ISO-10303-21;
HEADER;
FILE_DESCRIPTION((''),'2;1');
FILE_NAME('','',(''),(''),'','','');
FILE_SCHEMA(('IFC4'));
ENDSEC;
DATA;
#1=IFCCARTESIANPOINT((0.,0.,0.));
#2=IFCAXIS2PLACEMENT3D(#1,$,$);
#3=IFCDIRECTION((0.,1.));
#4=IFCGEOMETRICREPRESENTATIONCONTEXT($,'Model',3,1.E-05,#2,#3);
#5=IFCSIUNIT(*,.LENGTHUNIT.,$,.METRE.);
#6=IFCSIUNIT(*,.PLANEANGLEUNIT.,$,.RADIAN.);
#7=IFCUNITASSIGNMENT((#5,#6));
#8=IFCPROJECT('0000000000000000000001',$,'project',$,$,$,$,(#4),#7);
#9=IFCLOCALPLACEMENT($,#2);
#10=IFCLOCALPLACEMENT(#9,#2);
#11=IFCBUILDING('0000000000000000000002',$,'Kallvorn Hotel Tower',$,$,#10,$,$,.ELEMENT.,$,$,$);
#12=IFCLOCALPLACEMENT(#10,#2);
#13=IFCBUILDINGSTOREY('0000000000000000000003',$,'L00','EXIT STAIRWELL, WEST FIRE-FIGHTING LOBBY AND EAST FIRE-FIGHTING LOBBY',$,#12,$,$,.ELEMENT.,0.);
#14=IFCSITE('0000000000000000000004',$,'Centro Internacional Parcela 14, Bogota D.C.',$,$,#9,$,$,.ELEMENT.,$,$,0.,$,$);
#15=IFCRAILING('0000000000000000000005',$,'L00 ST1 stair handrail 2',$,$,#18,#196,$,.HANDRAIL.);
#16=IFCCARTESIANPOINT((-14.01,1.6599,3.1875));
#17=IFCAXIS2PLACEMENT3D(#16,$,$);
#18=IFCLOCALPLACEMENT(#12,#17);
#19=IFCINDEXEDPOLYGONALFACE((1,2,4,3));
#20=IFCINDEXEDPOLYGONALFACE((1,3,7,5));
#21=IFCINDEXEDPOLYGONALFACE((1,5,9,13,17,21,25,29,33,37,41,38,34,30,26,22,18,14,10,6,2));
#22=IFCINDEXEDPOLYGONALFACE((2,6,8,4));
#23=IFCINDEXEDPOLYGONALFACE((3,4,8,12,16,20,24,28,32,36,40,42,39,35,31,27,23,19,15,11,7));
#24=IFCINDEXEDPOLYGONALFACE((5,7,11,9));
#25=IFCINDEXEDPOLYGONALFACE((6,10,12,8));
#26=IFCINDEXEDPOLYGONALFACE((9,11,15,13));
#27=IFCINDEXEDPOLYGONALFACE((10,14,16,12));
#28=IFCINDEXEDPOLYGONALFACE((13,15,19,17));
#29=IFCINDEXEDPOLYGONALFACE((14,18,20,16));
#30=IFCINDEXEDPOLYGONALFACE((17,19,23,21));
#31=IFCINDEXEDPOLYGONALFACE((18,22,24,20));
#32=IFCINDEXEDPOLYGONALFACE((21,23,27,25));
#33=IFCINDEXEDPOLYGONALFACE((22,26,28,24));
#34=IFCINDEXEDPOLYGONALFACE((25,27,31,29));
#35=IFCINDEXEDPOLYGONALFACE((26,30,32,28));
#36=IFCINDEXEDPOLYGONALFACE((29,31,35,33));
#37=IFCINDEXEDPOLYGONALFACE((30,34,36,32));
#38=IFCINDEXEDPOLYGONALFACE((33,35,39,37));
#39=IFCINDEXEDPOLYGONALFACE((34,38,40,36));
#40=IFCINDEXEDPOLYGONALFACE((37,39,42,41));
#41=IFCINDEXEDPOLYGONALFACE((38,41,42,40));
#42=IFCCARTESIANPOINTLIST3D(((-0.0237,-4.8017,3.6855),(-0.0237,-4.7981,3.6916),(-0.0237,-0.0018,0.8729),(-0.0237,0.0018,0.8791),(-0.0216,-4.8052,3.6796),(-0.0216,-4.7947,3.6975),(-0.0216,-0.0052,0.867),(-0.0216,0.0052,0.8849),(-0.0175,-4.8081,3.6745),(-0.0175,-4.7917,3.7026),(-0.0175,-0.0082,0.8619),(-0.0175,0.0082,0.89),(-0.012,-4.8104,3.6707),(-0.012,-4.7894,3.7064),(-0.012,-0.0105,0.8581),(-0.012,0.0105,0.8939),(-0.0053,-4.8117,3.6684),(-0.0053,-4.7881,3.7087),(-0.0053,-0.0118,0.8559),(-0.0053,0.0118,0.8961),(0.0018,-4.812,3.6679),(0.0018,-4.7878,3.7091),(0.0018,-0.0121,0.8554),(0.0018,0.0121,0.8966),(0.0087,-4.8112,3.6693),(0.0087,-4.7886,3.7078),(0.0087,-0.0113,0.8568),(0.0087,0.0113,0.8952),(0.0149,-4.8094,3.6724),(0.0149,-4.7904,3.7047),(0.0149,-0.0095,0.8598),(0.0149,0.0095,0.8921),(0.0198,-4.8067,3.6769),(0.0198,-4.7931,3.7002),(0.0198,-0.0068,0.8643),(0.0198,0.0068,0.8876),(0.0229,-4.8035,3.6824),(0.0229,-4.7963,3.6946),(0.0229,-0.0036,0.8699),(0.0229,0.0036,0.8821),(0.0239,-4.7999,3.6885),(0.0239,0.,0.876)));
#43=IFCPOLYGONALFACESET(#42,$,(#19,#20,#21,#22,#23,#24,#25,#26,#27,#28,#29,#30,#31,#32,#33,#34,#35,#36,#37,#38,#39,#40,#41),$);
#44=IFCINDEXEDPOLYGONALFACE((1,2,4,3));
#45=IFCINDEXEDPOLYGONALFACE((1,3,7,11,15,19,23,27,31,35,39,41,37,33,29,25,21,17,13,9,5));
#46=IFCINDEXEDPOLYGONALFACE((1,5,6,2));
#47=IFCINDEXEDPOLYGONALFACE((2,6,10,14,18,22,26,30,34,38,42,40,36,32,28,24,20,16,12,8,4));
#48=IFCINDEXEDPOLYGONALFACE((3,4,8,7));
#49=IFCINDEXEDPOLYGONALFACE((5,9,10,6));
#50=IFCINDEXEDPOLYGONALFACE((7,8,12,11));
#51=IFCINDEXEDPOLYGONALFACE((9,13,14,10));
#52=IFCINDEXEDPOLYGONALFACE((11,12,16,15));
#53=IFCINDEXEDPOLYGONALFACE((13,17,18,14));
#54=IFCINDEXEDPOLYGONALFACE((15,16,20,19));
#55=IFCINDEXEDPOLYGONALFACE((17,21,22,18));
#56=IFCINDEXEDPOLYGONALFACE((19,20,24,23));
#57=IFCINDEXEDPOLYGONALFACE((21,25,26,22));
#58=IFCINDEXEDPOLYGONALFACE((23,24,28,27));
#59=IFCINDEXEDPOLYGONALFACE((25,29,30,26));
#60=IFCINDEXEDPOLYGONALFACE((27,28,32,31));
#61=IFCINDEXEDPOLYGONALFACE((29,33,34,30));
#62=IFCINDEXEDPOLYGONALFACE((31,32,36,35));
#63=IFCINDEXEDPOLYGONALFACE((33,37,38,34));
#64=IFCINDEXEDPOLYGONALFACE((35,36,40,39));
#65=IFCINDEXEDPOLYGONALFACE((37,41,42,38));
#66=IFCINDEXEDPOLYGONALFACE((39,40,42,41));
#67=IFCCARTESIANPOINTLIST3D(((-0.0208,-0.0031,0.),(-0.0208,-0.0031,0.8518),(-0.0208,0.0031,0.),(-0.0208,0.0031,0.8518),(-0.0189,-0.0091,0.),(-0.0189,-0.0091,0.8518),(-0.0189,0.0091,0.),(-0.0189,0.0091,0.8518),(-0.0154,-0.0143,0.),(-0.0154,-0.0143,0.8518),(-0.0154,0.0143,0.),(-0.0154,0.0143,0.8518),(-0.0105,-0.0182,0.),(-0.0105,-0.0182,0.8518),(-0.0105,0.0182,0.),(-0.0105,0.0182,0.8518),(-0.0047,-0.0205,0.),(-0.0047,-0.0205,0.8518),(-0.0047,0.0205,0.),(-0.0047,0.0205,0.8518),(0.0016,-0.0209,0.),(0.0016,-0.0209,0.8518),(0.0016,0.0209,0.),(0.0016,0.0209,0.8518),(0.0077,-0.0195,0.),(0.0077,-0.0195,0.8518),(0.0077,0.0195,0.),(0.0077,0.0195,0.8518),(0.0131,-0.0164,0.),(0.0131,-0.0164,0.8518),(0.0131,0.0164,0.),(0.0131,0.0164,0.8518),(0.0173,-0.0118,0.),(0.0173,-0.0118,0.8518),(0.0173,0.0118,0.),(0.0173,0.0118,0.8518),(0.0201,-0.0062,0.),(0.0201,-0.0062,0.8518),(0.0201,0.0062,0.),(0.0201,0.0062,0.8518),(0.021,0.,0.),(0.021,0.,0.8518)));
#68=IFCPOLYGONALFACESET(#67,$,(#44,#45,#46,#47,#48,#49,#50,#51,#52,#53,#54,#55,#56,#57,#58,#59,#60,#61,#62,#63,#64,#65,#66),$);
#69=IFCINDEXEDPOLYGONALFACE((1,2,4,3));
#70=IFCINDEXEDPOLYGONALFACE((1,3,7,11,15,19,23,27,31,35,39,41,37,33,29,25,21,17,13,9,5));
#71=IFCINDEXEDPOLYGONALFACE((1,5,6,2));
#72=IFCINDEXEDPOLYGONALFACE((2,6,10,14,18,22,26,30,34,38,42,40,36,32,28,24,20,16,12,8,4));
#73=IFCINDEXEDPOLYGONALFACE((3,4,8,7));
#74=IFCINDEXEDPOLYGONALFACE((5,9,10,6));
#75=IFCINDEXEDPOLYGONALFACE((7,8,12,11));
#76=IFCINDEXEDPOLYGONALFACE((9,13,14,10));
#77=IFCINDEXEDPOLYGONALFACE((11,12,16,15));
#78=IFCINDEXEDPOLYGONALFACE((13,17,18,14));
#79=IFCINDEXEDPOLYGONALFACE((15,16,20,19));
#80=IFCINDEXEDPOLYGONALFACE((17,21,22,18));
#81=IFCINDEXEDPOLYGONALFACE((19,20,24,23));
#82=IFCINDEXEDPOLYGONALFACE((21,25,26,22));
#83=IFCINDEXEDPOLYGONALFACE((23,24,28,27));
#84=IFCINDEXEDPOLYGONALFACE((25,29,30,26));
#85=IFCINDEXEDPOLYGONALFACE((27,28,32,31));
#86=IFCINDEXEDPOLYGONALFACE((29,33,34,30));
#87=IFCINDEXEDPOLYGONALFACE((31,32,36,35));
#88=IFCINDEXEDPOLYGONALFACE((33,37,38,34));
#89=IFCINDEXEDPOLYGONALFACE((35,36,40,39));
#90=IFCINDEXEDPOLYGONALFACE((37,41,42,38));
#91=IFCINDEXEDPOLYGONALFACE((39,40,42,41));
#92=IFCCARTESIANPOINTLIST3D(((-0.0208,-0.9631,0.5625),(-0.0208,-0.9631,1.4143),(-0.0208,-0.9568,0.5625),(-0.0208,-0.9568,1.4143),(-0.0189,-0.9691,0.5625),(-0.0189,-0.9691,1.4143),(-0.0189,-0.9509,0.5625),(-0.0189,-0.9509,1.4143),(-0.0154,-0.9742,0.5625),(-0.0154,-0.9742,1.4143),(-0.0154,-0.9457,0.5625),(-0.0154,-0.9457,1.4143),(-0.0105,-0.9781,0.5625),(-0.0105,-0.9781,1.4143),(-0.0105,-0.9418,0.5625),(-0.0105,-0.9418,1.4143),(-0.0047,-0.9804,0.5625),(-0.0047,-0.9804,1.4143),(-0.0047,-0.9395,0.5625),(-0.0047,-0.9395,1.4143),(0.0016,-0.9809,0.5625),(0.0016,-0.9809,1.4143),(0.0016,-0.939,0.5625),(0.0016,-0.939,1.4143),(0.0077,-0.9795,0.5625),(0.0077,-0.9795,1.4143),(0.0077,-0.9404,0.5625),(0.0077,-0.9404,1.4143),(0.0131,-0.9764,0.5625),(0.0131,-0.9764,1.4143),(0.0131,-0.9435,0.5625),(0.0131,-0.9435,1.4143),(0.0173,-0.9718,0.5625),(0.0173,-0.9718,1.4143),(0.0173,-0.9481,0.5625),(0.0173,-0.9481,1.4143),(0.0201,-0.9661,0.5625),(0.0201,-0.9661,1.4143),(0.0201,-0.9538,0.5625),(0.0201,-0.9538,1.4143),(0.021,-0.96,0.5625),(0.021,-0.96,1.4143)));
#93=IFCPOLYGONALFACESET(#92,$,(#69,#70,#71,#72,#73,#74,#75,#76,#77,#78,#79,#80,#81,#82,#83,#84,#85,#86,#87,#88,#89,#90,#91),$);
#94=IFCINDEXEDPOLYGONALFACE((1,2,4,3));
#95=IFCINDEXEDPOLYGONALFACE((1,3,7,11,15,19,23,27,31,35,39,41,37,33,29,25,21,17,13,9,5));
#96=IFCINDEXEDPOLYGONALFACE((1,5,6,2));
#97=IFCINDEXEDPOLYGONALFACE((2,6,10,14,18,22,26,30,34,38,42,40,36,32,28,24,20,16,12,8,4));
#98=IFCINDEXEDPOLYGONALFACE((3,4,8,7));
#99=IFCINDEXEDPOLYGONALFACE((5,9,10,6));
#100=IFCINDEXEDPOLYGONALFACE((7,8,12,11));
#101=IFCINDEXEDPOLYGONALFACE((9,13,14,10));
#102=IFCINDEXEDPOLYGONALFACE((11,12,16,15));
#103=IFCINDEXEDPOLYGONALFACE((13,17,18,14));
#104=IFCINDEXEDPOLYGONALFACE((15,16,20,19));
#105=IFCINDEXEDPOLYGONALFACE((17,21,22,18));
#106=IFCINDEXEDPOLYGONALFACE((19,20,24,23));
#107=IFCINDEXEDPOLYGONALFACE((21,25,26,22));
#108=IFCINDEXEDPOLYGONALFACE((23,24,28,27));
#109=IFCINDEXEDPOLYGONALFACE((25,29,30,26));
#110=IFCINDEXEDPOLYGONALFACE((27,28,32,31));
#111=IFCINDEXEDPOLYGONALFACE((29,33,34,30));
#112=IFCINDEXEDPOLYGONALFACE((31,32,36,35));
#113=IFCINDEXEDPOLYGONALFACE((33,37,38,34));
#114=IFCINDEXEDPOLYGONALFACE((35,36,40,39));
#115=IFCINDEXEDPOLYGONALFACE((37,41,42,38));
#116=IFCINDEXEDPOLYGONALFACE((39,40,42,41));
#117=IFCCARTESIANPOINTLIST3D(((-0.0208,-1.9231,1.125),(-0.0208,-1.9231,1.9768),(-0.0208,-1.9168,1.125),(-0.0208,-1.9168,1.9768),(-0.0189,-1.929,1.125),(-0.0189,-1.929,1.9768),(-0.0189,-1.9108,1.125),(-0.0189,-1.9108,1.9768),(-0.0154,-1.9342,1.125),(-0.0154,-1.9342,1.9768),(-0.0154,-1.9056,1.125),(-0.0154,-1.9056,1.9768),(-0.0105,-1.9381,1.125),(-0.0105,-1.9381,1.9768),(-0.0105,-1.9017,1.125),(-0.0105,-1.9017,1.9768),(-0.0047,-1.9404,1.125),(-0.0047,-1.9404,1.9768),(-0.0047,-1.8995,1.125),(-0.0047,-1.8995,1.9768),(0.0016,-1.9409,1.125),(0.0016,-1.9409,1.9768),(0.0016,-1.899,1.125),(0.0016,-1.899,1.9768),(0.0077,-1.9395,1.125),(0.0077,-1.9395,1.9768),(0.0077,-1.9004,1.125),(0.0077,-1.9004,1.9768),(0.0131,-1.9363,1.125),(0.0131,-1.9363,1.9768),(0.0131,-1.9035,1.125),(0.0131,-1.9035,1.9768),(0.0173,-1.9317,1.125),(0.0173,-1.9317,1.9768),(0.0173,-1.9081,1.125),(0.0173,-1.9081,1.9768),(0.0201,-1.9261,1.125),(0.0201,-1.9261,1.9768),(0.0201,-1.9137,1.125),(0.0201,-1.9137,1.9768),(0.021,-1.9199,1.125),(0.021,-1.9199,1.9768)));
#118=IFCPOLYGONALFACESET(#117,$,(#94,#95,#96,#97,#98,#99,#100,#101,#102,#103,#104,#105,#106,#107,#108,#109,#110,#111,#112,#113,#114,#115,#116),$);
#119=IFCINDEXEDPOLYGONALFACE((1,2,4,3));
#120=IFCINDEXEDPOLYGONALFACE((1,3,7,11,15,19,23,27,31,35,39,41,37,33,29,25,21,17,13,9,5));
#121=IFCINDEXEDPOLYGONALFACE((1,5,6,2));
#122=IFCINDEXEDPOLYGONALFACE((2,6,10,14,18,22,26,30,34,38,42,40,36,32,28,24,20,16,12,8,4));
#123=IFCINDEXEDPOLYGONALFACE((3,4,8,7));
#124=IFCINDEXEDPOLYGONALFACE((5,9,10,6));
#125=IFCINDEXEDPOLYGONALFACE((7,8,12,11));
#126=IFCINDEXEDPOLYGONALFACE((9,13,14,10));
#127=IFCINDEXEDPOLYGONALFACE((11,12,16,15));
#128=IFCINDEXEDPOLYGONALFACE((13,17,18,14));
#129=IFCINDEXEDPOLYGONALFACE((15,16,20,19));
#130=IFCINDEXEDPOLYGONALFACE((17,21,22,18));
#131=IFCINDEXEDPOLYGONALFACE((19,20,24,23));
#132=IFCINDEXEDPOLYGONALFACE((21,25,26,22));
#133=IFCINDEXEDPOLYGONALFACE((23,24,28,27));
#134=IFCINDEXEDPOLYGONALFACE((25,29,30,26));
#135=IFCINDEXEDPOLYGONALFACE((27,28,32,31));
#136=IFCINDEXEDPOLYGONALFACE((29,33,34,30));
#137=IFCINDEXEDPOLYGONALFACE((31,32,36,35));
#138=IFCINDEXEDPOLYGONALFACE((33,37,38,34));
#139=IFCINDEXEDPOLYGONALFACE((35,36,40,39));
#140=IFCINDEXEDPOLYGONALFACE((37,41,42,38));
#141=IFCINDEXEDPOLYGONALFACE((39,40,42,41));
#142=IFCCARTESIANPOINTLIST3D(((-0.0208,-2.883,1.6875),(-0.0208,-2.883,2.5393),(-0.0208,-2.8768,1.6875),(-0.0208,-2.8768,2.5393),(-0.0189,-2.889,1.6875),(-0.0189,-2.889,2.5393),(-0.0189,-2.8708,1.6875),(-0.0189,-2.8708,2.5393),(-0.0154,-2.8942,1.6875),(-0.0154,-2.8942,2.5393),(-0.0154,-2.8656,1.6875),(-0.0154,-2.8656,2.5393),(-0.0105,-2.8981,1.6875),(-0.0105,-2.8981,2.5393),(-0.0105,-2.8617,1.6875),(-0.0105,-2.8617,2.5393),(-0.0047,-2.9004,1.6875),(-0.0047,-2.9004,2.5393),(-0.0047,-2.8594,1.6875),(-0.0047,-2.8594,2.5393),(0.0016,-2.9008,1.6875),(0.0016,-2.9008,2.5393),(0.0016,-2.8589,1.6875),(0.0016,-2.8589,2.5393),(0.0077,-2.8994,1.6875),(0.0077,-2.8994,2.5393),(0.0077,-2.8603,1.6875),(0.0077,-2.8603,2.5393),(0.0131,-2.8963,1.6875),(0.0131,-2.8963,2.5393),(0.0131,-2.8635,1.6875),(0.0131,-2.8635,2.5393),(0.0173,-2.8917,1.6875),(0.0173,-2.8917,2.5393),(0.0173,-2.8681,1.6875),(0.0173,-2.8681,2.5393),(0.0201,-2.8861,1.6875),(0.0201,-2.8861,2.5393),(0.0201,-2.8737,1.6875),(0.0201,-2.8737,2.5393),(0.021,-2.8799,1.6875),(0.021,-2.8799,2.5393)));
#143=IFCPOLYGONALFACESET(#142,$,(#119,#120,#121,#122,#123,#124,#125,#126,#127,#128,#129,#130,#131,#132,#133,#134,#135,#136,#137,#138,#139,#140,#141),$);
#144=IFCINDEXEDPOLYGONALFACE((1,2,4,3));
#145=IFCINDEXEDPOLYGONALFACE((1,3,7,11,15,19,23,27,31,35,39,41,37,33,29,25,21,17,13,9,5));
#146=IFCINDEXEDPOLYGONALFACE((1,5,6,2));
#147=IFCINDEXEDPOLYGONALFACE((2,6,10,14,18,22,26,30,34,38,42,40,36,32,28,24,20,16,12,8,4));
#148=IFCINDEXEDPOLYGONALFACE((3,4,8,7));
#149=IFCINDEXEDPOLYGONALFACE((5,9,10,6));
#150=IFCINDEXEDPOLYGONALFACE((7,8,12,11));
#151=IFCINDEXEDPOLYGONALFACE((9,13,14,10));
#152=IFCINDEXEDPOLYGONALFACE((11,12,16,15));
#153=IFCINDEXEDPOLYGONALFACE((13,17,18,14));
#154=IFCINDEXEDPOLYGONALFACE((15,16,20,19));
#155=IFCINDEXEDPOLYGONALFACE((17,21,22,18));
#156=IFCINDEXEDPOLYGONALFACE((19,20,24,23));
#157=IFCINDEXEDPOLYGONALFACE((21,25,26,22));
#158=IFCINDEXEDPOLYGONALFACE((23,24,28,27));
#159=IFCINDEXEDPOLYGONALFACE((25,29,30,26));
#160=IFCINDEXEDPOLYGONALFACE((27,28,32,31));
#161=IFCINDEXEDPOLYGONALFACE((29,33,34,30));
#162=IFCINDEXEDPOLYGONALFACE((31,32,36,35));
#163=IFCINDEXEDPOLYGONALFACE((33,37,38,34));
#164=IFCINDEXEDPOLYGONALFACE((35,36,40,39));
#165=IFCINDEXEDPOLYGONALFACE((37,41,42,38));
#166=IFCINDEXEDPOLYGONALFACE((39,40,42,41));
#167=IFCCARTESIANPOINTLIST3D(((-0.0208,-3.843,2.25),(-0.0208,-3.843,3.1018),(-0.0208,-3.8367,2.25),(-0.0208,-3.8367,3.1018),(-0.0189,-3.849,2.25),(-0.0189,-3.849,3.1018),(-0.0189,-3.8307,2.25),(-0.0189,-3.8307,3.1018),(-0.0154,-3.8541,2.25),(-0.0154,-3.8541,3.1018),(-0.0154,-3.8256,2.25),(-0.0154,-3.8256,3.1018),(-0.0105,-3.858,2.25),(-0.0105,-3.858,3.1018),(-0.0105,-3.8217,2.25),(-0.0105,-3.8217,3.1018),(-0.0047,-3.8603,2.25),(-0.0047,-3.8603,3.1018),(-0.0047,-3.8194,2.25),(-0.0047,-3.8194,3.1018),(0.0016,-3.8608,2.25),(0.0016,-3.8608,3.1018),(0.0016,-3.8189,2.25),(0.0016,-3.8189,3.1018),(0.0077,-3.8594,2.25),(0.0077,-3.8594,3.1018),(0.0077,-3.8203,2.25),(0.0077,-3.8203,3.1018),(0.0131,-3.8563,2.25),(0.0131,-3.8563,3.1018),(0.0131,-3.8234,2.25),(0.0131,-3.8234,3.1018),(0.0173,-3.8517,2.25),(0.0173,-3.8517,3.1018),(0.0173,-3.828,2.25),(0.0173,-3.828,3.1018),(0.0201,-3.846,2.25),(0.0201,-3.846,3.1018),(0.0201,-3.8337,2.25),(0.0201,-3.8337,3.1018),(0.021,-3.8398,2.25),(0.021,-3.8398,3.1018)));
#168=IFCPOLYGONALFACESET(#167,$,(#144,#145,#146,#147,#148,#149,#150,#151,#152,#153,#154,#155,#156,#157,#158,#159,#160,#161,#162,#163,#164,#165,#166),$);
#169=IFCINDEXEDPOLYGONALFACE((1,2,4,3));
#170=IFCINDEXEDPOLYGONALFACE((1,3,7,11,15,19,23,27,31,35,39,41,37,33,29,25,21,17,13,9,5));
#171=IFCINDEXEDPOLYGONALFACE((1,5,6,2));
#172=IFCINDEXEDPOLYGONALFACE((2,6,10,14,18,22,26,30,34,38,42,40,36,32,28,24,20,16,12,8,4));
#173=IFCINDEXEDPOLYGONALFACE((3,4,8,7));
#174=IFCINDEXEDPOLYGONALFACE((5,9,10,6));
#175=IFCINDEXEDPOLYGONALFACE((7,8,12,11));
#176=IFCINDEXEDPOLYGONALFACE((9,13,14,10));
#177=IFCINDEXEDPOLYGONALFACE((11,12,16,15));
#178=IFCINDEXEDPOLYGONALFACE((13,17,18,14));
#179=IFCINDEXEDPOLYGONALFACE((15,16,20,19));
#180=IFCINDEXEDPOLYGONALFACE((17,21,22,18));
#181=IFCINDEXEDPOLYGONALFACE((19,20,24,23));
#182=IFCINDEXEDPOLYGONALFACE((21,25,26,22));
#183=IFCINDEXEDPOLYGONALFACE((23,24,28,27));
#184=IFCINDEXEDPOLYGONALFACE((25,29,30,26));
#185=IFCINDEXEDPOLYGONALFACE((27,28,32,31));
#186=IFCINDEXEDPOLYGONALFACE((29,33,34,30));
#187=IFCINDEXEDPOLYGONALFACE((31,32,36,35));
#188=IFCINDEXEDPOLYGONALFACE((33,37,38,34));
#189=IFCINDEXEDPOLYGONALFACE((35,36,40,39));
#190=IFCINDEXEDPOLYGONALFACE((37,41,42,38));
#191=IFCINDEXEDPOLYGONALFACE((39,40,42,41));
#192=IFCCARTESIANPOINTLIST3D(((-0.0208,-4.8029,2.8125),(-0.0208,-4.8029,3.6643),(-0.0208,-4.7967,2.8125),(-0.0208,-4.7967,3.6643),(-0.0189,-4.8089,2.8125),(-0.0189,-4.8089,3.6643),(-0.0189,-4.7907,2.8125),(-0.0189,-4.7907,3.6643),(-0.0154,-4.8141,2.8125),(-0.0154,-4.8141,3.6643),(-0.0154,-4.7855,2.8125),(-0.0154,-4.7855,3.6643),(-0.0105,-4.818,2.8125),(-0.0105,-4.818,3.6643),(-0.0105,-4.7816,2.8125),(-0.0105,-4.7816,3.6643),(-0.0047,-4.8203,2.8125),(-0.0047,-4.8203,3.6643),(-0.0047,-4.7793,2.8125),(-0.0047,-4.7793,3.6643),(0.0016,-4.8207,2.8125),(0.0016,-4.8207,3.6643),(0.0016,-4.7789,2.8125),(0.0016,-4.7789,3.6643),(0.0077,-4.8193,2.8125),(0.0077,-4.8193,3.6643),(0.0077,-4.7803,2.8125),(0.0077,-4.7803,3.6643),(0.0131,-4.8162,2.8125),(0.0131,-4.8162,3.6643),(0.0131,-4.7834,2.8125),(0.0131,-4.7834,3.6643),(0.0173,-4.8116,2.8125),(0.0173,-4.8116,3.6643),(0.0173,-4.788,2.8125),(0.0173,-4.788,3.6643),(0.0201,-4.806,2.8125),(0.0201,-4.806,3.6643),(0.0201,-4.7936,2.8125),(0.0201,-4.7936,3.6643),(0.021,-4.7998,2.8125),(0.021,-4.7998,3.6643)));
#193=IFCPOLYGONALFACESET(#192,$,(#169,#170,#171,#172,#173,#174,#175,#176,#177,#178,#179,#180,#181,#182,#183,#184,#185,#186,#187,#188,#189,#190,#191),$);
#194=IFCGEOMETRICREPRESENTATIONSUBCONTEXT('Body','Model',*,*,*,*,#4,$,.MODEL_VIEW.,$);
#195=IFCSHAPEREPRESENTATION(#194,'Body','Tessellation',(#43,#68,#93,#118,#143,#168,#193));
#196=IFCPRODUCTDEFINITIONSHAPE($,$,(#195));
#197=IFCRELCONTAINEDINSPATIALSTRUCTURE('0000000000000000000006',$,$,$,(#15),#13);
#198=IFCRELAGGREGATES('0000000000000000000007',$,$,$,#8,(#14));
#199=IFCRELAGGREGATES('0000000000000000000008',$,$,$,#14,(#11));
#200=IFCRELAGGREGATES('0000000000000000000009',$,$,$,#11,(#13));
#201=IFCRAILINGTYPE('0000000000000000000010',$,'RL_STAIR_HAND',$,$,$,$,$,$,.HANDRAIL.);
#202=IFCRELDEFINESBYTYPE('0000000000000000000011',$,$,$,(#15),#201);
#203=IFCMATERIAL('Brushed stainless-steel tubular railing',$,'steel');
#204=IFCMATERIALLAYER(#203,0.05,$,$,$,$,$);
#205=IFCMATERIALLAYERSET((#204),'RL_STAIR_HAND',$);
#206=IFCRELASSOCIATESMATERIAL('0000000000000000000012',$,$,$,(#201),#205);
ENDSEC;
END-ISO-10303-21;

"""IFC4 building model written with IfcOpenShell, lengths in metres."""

from ifc_helpers import new_model, si_unit, direction, frame, origin, origin_2d, place, context, subcontext, project, spatial, circle, extrude, material, layer, layer_set, type_object, element, save


model = new_model("IFC4")

# Units and contexts
model_context = context("Model", 3, precision=1e-05, world=origin(), true_north=direction((0.0, 1.0)))
body_context = subcontext(model_context, "Body", "Model", "MODEL_VIEW")
ifc_project = project(units=[si_unit("LENGTHUNIT", "METRE"), si_unit("PLANEANGLEUNIT", "RADIAN")], contexts=[model_context])

# Site, building, storey
site_placement = place(None, origin())
site = spatial("IfcSite", under=ifc_project, at=site_placement, Name="Centro Internacional Parcela 14, Bogota D.C.", CompositionType="ELEMENT", RefElevation=0.0)
building_placement = place(site_placement, origin())
building = spatial("IfcBuilding", under=site, at=building_placement, Name="Kallvorn Hotel Tower", CompositionType="ELEMENT")
storey_placement = place(building_placement, origin())
storey = spatial("IfcBuildingStorey", under=building, at=storey_placement, Name="L00", Description="EXIT STAIRWELL, WEST FIRE-FIGHTING LOBBY AND EAST FIRE-FIGHTING LOBBY", CompositionType="ELEMENT", Elevation=0.0)

# Railing
ifc_material_1 = material(Name="Brushed stainless-steel tubular railing", Category="steel")
ifc_layer_1 = layer(ifc_material_1, 0.05)
ifc_layer_set_1 = layer_set([ifc_layer_1], Name="RL_STAIR_HAND")
railing_type_1 = type_object("IfcRailingType", Name="RL_STAIR_HAND", PredefinedType="HANDRAIL", material=ifc_layer_set_1)
railing_1_placement = place(storey_placement, frame((-14.01, 1.6599, 3.1875)))
element("IfcRailing", 1, at=railing_1_placement, inside=storey, type_object=railing_type_1, Name="L00 ST1 stair handrail 2", PredefinedType="HANDRAIL", context=body_context, shape_type="SweptSolid", body=[
    extrude(circle(Radius=0.0239, at=origin_2d()), frame((0.0, 0.0, 0.876), z_axis=(0.0, -0.86279, 0.505562), x_axis=(1.0, 0.0, 0.0)), (0.0, 0.0, 1.0), 5.5632),
    extrude(circle(Radius=0.021, at=origin_2d()), origin(), (0.0, 0.0, 1.0), 0.8518),
    extrude(circle(Radius=0.021, at=origin_2d()), frame((0.0, -0.96, 0.5625)), (0.0, 0.0, 1.0), 0.8518),
    extrude(circle(Radius=0.021, at=origin_2d()), frame((0.0, -1.9199, 1.125)), (0.0, 0.0, 1.0), 0.8518),
    extrude(circle(Radius=0.021, at=origin_2d()), frame((0.0, -2.8799, 1.6875)), (0.0, 0.0, 1.0), 0.8518),
    extrude(circle(Radius=0.021, at=origin_2d()), frame((0.0, -3.8398, 2.25)), (0.0, 0.0, 1.0), 0.8518),
    extrude(circle(Radius=0.021, at=origin_2d()), frame((0.0, -4.7998, 2.8125)), (0.0, 0.0, 1.0), 0.8518),
])

save(model, "model.ifc")
